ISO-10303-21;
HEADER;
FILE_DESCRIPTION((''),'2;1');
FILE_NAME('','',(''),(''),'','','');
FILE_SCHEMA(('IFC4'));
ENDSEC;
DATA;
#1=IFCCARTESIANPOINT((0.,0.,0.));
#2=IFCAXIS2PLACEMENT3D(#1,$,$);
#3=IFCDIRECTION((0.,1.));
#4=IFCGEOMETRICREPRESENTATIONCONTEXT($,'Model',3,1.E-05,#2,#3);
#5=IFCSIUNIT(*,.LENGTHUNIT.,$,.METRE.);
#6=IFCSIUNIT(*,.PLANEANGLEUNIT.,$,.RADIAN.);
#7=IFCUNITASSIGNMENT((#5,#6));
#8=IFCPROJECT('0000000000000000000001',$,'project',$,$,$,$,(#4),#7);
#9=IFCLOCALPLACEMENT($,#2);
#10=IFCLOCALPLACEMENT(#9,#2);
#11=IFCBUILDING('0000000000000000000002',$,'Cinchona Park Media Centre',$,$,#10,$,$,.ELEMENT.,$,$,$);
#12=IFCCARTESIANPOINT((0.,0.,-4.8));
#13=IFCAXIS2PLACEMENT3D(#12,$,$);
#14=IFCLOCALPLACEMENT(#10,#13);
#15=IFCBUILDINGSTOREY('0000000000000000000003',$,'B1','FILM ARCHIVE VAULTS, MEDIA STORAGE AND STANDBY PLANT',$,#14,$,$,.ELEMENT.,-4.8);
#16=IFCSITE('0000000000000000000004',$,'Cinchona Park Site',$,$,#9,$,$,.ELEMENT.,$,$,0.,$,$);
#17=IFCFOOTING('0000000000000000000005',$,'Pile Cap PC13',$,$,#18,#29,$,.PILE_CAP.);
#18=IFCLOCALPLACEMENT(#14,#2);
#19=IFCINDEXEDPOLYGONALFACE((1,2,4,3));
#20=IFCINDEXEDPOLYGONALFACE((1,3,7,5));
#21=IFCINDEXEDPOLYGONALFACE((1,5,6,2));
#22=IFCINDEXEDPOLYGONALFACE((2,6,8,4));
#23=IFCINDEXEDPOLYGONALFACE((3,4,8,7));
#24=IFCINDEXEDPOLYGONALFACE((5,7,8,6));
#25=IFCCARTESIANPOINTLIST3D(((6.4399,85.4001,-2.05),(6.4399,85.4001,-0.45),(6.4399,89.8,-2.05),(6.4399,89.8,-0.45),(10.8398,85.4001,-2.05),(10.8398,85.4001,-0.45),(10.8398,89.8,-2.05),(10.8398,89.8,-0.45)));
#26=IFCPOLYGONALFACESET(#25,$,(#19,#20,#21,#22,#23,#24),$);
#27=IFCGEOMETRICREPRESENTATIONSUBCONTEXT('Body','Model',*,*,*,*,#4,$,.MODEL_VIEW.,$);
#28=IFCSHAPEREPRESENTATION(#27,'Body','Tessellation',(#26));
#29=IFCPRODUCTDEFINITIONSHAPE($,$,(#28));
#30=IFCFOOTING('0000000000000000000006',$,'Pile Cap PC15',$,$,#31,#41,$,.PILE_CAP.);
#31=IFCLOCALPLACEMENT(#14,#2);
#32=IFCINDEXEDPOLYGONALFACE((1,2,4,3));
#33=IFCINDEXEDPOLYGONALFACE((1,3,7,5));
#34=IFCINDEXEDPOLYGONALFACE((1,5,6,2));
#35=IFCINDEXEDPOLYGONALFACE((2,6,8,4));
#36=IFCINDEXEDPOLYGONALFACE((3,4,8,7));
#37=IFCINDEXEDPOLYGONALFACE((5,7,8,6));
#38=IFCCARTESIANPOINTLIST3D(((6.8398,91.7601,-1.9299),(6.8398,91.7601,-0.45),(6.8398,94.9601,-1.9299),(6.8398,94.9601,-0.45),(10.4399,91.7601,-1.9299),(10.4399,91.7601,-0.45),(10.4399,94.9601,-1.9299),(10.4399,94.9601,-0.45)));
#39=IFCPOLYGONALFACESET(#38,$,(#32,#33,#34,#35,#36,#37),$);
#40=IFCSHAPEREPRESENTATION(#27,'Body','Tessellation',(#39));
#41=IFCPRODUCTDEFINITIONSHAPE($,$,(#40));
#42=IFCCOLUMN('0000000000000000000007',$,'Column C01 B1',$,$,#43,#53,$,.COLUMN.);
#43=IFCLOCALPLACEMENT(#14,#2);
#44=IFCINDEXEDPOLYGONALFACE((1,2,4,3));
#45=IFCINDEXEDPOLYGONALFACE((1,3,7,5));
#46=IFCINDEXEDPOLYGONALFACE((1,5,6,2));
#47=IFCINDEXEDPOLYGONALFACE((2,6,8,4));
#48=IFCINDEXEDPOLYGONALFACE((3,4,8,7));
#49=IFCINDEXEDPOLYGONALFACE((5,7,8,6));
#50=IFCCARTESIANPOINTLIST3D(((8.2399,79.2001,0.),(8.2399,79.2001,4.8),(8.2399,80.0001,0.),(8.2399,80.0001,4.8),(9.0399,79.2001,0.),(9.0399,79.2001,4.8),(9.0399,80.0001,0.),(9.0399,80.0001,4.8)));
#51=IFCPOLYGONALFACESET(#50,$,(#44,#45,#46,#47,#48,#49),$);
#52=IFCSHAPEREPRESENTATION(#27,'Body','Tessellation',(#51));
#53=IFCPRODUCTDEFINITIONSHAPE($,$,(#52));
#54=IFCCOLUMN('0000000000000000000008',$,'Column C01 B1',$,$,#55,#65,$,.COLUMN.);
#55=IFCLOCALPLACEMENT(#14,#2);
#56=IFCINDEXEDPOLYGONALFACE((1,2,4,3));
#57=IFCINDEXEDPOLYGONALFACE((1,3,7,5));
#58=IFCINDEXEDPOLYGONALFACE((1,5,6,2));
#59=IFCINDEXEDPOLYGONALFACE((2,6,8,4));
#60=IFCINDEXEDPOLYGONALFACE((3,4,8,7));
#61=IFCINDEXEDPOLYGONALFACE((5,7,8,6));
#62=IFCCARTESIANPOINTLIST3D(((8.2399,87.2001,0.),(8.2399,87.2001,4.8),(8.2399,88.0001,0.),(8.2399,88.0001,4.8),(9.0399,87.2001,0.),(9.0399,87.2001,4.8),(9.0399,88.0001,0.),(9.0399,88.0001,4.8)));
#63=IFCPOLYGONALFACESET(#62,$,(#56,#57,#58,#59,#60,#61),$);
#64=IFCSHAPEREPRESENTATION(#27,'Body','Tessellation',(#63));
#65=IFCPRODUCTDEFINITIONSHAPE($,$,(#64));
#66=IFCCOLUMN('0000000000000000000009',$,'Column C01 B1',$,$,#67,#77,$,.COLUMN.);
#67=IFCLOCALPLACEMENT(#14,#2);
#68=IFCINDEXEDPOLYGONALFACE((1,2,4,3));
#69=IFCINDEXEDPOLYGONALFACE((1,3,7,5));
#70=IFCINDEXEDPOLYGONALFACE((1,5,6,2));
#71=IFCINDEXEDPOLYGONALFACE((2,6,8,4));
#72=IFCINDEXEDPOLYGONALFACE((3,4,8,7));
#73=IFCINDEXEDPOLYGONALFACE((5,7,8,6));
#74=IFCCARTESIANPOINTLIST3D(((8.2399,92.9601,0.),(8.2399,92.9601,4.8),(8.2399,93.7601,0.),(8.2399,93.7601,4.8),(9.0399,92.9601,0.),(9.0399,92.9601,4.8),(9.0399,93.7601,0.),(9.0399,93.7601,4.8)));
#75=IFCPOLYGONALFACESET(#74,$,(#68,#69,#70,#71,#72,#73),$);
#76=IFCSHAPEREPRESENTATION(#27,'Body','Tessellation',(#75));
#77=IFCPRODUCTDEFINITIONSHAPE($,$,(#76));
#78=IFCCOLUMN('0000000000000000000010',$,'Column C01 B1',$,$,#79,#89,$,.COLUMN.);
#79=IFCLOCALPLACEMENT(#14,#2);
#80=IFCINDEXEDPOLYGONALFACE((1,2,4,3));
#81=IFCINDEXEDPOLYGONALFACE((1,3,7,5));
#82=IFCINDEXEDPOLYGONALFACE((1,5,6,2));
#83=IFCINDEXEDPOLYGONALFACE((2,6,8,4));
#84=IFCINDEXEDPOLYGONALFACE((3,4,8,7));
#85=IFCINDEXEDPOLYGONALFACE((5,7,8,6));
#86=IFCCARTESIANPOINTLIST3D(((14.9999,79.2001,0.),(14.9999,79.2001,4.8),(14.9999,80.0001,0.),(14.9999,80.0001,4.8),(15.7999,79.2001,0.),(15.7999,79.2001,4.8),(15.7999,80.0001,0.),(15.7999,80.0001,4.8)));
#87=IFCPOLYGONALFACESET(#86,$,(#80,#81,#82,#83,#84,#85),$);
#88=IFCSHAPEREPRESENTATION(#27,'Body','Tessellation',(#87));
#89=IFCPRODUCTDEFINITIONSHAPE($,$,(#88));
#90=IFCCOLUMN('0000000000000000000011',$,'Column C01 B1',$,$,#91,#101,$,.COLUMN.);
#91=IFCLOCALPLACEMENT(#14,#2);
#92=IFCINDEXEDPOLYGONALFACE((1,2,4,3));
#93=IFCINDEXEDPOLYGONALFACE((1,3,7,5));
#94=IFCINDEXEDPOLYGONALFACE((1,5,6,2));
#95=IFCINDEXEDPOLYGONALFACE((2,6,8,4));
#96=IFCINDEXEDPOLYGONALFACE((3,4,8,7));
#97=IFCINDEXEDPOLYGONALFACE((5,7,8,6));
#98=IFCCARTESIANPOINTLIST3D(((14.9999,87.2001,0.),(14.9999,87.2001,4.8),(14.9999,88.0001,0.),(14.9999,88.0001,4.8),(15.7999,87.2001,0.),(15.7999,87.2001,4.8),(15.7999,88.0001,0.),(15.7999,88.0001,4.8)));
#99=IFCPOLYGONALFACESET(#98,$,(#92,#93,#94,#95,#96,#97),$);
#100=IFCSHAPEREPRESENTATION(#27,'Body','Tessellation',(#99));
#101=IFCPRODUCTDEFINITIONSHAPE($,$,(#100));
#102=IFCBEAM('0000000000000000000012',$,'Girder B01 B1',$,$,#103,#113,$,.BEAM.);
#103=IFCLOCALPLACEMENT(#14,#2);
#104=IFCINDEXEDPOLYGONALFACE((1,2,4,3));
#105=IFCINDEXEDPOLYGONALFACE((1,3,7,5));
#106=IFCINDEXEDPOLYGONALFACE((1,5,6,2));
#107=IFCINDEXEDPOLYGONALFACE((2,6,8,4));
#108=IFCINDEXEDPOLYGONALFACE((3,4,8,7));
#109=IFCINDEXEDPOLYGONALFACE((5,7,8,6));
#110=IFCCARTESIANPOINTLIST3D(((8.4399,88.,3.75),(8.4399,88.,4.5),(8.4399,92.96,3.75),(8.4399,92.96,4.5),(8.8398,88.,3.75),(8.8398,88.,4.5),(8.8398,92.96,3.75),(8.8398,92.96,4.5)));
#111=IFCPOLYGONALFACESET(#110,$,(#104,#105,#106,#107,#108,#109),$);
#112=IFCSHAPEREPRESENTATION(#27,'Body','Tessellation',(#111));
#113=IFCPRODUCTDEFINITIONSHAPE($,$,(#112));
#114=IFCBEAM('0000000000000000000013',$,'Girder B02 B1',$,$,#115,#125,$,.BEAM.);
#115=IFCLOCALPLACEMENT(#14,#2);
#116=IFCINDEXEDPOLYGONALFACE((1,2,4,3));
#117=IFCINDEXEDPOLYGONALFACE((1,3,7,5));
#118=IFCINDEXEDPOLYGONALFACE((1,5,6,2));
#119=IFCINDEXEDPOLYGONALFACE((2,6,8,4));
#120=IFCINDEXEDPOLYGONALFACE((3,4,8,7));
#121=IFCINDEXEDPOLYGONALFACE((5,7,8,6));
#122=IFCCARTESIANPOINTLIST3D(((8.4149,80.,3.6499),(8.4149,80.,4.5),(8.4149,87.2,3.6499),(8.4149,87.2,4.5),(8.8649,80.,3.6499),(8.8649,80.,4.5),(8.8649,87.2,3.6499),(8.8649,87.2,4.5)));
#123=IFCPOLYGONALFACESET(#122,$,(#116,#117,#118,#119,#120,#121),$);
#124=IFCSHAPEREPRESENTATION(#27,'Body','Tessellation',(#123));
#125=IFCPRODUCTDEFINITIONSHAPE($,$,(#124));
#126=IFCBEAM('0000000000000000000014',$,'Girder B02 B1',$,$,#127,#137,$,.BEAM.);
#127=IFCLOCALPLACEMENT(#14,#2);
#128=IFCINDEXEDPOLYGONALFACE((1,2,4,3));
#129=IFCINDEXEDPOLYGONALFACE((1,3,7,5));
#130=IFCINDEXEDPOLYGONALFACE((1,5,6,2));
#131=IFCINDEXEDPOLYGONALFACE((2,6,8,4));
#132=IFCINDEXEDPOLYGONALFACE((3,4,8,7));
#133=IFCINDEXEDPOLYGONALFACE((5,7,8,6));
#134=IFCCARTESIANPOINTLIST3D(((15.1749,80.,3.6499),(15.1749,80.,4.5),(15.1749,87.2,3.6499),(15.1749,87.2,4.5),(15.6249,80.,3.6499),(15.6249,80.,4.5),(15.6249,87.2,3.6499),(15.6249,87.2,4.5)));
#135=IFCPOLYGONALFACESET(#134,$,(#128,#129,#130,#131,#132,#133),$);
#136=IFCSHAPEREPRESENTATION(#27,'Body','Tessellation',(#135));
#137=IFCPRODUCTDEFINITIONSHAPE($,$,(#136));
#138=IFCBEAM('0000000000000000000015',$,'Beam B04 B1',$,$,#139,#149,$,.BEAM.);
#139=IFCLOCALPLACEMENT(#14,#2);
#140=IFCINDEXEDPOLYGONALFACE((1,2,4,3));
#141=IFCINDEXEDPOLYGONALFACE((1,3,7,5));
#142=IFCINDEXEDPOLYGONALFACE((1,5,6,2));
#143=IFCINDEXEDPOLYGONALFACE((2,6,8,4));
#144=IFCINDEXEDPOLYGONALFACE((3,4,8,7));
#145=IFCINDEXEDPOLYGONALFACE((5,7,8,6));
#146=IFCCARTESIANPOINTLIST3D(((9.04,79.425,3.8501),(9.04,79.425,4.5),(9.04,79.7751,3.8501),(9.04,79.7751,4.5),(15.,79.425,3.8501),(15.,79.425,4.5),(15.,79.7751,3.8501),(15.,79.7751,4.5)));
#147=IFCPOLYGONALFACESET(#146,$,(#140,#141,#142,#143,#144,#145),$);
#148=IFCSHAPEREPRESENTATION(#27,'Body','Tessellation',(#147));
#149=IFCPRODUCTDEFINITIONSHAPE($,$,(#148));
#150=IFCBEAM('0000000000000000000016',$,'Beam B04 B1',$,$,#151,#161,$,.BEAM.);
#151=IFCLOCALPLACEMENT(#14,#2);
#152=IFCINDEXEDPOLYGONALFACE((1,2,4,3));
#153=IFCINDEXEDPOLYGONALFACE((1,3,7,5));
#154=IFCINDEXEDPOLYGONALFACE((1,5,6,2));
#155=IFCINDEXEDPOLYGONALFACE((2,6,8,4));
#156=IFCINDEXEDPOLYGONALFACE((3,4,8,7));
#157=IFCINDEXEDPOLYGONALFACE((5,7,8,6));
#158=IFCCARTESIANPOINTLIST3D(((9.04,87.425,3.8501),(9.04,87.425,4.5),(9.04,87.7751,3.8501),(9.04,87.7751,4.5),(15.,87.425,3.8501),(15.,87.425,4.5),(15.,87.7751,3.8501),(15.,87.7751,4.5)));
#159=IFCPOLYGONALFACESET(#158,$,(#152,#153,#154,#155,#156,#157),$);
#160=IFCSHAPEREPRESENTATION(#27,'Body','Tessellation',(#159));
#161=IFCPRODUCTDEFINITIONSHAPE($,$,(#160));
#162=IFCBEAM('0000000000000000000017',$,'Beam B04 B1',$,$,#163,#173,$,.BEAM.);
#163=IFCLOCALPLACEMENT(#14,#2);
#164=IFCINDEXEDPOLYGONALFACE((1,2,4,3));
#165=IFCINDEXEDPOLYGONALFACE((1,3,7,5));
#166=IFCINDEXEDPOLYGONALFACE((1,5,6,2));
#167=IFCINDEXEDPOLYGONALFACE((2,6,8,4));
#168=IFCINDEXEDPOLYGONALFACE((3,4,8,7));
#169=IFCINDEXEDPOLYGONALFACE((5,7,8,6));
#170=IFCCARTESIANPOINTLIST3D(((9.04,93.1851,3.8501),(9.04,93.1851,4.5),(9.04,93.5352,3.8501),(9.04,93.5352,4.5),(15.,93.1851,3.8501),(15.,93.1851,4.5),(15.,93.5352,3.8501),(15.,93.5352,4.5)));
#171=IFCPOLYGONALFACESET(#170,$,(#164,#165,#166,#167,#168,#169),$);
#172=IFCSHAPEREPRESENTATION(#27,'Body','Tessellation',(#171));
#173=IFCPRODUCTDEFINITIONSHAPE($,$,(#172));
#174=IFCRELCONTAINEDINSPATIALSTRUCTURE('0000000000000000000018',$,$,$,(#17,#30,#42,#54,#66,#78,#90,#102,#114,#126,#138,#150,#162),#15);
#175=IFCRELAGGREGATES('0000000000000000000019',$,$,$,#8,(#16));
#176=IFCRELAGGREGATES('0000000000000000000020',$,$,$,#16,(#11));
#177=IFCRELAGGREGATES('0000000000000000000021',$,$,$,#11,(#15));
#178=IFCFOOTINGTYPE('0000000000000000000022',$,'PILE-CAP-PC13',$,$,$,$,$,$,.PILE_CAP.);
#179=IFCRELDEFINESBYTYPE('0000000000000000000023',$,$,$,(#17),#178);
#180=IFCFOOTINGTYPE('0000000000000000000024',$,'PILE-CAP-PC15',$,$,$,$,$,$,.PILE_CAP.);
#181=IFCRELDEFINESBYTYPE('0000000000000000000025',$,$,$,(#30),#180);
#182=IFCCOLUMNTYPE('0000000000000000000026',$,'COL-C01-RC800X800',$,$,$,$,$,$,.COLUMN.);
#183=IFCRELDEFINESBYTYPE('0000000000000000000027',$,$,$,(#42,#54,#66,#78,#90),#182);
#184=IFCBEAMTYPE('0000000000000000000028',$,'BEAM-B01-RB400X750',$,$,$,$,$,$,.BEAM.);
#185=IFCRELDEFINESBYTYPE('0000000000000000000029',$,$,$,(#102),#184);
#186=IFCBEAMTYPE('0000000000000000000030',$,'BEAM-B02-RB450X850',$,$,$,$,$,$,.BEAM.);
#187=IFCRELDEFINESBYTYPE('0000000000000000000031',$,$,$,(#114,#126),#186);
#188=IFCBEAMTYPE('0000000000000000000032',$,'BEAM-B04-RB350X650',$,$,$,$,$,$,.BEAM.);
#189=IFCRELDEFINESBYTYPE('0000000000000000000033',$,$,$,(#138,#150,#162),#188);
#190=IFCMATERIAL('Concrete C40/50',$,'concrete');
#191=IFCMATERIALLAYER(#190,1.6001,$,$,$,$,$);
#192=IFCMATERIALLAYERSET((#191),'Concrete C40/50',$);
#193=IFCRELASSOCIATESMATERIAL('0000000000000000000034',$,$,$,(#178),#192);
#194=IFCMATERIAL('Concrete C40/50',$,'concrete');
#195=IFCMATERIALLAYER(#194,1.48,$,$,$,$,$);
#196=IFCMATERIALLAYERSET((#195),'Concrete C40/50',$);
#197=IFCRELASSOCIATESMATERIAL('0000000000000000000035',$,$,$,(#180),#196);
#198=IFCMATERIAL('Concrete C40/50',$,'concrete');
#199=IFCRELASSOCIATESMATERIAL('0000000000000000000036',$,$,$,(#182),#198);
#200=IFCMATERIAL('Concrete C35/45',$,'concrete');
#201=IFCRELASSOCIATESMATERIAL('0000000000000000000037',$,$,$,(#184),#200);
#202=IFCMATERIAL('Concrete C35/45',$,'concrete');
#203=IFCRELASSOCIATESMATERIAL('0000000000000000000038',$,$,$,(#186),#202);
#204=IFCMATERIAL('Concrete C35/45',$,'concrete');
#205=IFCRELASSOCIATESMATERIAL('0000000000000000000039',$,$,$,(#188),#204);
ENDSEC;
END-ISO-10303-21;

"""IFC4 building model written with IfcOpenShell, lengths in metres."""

from ifc_helpers import new_model, si_unit, direction, frame, origin, origin_2d, place, context, subcontext, project, spatial, rectangle, extrude, material, layer, layer_set, material_profile, profile_set, type_object, element, save


model = new_model("IFC4")

# Units and contexts
model_context = context("Model", 3, precision=1e-05, world=origin(), true_north=direction((0.0, 1.0)))
body_context = subcontext(model_context, "Body", "Model", "MODEL_VIEW")
ifc_project = project(units=[si_unit("LENGTHUNIT", "METRE"), si_unit("PLANEANGLEUNIT", "RADIAN")], contexts=[model_context])

# Site, building, storey
site_placement = place(None, origin())
site = spatial("IfcSite", under=ifc_project, at=site_placement, Name="Cinchona Park Site", CompositionType="ELEMENT", RefElevation=0.0)
building_placement = place(site_placement, origin())
building = spatial("IfcBuilding", under=site, at=building_placement, Name="Cinchona Park Media Centre", CompositionType="ELEMENT")
storey_placement = place(building_placement, frame((0.0, 0.0, -4.8)))
storey = spatial("IfcBuildingStorey", under=building, at=storey_placement, Name="B1", Description="FILM ARCHIVE VAULTS, MEDIA STORAGE AND STANDBY PLANT", CompositionType="ELEMENT", Elevation=-4.8)

# Footings
ifc_material_1 = material(Name="Concrete C40/50", Category="concrete")
ifc_layer_1 = layer(ifc_material_1, 1.6001)
ifc_layer_set_1 = layer_set([ifc_layer_1], Name="Concrete C40/50")
footing_type_1 = type_object("IfcFootingType", Name="PILE-CAP-PC13", PredefinedType="PILE_CAP", material=ifc_layer_set_1)
footing_1_placement = place(storey_placement, frame((8.6399, 87.6001, -2.05), z_axis=(0.0, 0.0, 1.0), x_axis=(1.0, 0.0, 0.0)))
element("IfcFooting", 1, at=footing_1_placement, inside=storey, type_object=footing_type_1, Name="Pile Cap PC13", PredefinedType="PILE_CAP", context=body_context, shape_type="SweptSolid", body=[
    extrude(rectangle(XDim=4.3999, YDim=4.3999, at=origin_2d()), origin(), (0.0, 0.0, 1.0), 1.6001),
])
ifc_material_2 = material(Name="Concrete C40/50", Category="concrete")
ifc_layer_2 = layer(ifc_material_2, 1.48)
ifc_layer_set_2 = layer_set([ifc_layer_2], Name="Concrete C40/50")
footing_type_2 = type_object("IfcFootingType", Name="PILE-CAP-PC15", PredefinedType="PILE_CAP", material=ifc_layer_set_2)
footing_2_placement = place(storey_placement, frame((8.6399, 93.3601, -1.9299), z_axis=(0.0, 0.0, 1.0), x_axis=(1.0, 0.0, 0.0)))
element("IfcFooting", 2, at=footing_2_placement, inside=storey, type_object=footing_type_2, Name="Pile Cap PC15", PredefinedType="PILE_CAP", context=body_context, shape_type="SweptSolid", body=[
    extrude(rectangle(XDim=3.6001, YDim=3.2, at=origin_2d()), origin(), (0.0, 0.0, 1.0), 1.48),
])

# Columns
ifc_material_3 = material(Name="Concrete C40/50", Category="concrete")
ifc_material_profile_1 = material_profile(ifc_material_3, rectangle(XDim=0.8, YDim=0.8, at=origin_2d()), Name="RC 800X800")
ifc_profile_set_1 = profile_set([ifc_material_profile_1], Name="Concrete C40/50")
column_type = type_object("IfcColumnType", Name="COL-C01-RC800X800", PredefinedType="COLUMN", material=ifc_profile_set_1)
for number, where, z_axis, x_axis, name in (
    (3, (8.6399, 79.6001, 0.0), (0.0, 0.0, 1.0), (1.0, 0.0, 0.0), "Column C01 B1"),
    (4, (8.6399, 87.6001, 0.0), (0.0, 0.0, 1.0), (1.0, 0.0, 0.0), "Column C01 B1"),
    (5, (8.6399, 93.3601, 0.0), (0.0, 0.0, 1.0), (1.0, 0.0, 0.0), "Column C01 B1"),
    (6, (15.3999, 79.6001, 0.0), (0.0, 0.0, 1.0), (1.0, 0.0, 0.0), "Column C01 B1"),
    (7, (15.3999, 87.6001, 0.0), (0.0, 0.0, 1.0), (1.0, 0.0, 0.0), "Column C01 B1"),
):
    element("IfcColumn", number, at=place(storey_placement, frame(where, z_axis=z_axis, x_axis=x_axis)), inside=storey, type_object=column_type, Name=name, PredefinedType="COLUMN", context=body_context, shape_type="SweptSolid", body=[
        extrude(rectangle(XDim=0.8, YDim=0.8, at=origin_2d()), origin(), (0.0, 0.0, 1.0), 4.8),
    ])

# Beams
ifc_material_4 = material(Name="Concrete C35/45", Category="concrete")
ifc_material_profile_2 = material_profile(ifc_material_4, rectangle(XDim=0.3999, YDim=0.75, at=origin_2d()), Name="RB 400X750")
ifc_profile_set_2 = profile_set([ifc_material_profile_2], Name="Concrete C35/45")
beam_type_1 = type_object("IfcBeamType", Name="BEAM-B01-RB400X750", PredefinedType="BEAM", material=ifc_profile_set_2)
beam_placement = place(storey_placement, frame((8.6399, 88.0, 4.125), z_axis=(0.0, 1.0, 0.0), x_axis=(-1.0, 0.0, 0.0)))
element("IfcBeam", 8, at=beam_placement, inside=storey, type_object=beam_type_1, Name="Girder B01 B1", PredefinedType="BEAM", context=body_context, shape_type="SweptSolid", body=[
    extrude(rectangle(XDim=0.3999, YDim=0.75, at=origin_2d()), origin(), (0.0, 0.0, 1.0), 4.96),
])
ifc_material_5 = material(Name="Concrete C35/45", Category="concrete")
ifc_material_profile_3 = material_profile(ifc_material_5, rectangle(XDim=0.45, YDim=0.8501, at=origin_2d()), Name="RB 450X850")
ifc_profile_set_3 = profile_set([ifc_material_profile_3], Name="Concrete C35/45")
beam_type_2 = type_object("IfcBeamType", Name="BEAM-B02-RB450X850", PredefinedType="BEAM", material=ifc_profile_set_3)
for number, where, z_axis, x_axis, name in (
    (9, (8.6399, 80.0, 4.075), (0.0, 1.0, 0.0), (-1.0, 0.0, 0.0), "Girder B02 B1"),
    (10, (15.3999, 80.0, 4.075), (0.0, 1.0, 0.0), (-1.0, 0.0, 0.0), "Girder B02 B1"),
):
    element("IfcBeam", number, at=place(storey_placement, frame(where, z_axis=z_axis, x_axis=x_axis)), inside=storey, type_object=beam_type_2, Name=name, PredefinedType="BEAM", context=body_context, shape_type="SweptSolid", body=[
        extrude(rectangle(XDim=0.45, YDim=0.8501, at=origin_2d()), origin(), (0.0, 0.0, 1.0), 7.2),
    ])
ifc_material_6 = material(Name="Concrete C35/45", Category="concrete")
ifc_material_profile_4 = material_profile(ifc_material_6, rectangle(XDim=0.3501, YDim=0.6499, at=origin_2d()), Name="RB 350X650")
ifc_profile_set_4 = profile_set([ifc_material_profile_4], Name="Concrete C35/45")
beam_type_3 = type_object("IfcBeamType", Name="BEAM-B04-RB350X650", PredefinedType="BEAM", material=ifc_profile_set_4)
for number, where, z_axis, x_axis, name in (
    (11, (9.04, 79.6001, 4.175), (1.0, 0.0, 0.0), (0.0, 1.0, 0.0), "Beam B04 B1"),
    (12, (9.04, 87.6001, 4.175), (1.0, 0.0, 0.0), (0.0, 1.0, 0.0), "Beam B04 B1"),
    (13, (9.04, 93.3601, 4.175), (1.0, 0.0, 0.0), (0.0, 1.0, 0.0), "Beam B04 B1"),
):
    element("IfcBeam", number, at=place(storey_placement, frame(where, z_axis=z_axis, x_axis=x_axis)), inside=storey, type_object=beam_type_3, Name=name, PredefinedType="BEAM", context=body_context, shape_type="SweptSolid", body=[
        extrude(rectangle(XDim=0.3501, YDim=0.6499, at=origin_2d()), origin(), (0.0, 0.0, 1.0), 5.96),
    ])

save(model, "model.ifc")
